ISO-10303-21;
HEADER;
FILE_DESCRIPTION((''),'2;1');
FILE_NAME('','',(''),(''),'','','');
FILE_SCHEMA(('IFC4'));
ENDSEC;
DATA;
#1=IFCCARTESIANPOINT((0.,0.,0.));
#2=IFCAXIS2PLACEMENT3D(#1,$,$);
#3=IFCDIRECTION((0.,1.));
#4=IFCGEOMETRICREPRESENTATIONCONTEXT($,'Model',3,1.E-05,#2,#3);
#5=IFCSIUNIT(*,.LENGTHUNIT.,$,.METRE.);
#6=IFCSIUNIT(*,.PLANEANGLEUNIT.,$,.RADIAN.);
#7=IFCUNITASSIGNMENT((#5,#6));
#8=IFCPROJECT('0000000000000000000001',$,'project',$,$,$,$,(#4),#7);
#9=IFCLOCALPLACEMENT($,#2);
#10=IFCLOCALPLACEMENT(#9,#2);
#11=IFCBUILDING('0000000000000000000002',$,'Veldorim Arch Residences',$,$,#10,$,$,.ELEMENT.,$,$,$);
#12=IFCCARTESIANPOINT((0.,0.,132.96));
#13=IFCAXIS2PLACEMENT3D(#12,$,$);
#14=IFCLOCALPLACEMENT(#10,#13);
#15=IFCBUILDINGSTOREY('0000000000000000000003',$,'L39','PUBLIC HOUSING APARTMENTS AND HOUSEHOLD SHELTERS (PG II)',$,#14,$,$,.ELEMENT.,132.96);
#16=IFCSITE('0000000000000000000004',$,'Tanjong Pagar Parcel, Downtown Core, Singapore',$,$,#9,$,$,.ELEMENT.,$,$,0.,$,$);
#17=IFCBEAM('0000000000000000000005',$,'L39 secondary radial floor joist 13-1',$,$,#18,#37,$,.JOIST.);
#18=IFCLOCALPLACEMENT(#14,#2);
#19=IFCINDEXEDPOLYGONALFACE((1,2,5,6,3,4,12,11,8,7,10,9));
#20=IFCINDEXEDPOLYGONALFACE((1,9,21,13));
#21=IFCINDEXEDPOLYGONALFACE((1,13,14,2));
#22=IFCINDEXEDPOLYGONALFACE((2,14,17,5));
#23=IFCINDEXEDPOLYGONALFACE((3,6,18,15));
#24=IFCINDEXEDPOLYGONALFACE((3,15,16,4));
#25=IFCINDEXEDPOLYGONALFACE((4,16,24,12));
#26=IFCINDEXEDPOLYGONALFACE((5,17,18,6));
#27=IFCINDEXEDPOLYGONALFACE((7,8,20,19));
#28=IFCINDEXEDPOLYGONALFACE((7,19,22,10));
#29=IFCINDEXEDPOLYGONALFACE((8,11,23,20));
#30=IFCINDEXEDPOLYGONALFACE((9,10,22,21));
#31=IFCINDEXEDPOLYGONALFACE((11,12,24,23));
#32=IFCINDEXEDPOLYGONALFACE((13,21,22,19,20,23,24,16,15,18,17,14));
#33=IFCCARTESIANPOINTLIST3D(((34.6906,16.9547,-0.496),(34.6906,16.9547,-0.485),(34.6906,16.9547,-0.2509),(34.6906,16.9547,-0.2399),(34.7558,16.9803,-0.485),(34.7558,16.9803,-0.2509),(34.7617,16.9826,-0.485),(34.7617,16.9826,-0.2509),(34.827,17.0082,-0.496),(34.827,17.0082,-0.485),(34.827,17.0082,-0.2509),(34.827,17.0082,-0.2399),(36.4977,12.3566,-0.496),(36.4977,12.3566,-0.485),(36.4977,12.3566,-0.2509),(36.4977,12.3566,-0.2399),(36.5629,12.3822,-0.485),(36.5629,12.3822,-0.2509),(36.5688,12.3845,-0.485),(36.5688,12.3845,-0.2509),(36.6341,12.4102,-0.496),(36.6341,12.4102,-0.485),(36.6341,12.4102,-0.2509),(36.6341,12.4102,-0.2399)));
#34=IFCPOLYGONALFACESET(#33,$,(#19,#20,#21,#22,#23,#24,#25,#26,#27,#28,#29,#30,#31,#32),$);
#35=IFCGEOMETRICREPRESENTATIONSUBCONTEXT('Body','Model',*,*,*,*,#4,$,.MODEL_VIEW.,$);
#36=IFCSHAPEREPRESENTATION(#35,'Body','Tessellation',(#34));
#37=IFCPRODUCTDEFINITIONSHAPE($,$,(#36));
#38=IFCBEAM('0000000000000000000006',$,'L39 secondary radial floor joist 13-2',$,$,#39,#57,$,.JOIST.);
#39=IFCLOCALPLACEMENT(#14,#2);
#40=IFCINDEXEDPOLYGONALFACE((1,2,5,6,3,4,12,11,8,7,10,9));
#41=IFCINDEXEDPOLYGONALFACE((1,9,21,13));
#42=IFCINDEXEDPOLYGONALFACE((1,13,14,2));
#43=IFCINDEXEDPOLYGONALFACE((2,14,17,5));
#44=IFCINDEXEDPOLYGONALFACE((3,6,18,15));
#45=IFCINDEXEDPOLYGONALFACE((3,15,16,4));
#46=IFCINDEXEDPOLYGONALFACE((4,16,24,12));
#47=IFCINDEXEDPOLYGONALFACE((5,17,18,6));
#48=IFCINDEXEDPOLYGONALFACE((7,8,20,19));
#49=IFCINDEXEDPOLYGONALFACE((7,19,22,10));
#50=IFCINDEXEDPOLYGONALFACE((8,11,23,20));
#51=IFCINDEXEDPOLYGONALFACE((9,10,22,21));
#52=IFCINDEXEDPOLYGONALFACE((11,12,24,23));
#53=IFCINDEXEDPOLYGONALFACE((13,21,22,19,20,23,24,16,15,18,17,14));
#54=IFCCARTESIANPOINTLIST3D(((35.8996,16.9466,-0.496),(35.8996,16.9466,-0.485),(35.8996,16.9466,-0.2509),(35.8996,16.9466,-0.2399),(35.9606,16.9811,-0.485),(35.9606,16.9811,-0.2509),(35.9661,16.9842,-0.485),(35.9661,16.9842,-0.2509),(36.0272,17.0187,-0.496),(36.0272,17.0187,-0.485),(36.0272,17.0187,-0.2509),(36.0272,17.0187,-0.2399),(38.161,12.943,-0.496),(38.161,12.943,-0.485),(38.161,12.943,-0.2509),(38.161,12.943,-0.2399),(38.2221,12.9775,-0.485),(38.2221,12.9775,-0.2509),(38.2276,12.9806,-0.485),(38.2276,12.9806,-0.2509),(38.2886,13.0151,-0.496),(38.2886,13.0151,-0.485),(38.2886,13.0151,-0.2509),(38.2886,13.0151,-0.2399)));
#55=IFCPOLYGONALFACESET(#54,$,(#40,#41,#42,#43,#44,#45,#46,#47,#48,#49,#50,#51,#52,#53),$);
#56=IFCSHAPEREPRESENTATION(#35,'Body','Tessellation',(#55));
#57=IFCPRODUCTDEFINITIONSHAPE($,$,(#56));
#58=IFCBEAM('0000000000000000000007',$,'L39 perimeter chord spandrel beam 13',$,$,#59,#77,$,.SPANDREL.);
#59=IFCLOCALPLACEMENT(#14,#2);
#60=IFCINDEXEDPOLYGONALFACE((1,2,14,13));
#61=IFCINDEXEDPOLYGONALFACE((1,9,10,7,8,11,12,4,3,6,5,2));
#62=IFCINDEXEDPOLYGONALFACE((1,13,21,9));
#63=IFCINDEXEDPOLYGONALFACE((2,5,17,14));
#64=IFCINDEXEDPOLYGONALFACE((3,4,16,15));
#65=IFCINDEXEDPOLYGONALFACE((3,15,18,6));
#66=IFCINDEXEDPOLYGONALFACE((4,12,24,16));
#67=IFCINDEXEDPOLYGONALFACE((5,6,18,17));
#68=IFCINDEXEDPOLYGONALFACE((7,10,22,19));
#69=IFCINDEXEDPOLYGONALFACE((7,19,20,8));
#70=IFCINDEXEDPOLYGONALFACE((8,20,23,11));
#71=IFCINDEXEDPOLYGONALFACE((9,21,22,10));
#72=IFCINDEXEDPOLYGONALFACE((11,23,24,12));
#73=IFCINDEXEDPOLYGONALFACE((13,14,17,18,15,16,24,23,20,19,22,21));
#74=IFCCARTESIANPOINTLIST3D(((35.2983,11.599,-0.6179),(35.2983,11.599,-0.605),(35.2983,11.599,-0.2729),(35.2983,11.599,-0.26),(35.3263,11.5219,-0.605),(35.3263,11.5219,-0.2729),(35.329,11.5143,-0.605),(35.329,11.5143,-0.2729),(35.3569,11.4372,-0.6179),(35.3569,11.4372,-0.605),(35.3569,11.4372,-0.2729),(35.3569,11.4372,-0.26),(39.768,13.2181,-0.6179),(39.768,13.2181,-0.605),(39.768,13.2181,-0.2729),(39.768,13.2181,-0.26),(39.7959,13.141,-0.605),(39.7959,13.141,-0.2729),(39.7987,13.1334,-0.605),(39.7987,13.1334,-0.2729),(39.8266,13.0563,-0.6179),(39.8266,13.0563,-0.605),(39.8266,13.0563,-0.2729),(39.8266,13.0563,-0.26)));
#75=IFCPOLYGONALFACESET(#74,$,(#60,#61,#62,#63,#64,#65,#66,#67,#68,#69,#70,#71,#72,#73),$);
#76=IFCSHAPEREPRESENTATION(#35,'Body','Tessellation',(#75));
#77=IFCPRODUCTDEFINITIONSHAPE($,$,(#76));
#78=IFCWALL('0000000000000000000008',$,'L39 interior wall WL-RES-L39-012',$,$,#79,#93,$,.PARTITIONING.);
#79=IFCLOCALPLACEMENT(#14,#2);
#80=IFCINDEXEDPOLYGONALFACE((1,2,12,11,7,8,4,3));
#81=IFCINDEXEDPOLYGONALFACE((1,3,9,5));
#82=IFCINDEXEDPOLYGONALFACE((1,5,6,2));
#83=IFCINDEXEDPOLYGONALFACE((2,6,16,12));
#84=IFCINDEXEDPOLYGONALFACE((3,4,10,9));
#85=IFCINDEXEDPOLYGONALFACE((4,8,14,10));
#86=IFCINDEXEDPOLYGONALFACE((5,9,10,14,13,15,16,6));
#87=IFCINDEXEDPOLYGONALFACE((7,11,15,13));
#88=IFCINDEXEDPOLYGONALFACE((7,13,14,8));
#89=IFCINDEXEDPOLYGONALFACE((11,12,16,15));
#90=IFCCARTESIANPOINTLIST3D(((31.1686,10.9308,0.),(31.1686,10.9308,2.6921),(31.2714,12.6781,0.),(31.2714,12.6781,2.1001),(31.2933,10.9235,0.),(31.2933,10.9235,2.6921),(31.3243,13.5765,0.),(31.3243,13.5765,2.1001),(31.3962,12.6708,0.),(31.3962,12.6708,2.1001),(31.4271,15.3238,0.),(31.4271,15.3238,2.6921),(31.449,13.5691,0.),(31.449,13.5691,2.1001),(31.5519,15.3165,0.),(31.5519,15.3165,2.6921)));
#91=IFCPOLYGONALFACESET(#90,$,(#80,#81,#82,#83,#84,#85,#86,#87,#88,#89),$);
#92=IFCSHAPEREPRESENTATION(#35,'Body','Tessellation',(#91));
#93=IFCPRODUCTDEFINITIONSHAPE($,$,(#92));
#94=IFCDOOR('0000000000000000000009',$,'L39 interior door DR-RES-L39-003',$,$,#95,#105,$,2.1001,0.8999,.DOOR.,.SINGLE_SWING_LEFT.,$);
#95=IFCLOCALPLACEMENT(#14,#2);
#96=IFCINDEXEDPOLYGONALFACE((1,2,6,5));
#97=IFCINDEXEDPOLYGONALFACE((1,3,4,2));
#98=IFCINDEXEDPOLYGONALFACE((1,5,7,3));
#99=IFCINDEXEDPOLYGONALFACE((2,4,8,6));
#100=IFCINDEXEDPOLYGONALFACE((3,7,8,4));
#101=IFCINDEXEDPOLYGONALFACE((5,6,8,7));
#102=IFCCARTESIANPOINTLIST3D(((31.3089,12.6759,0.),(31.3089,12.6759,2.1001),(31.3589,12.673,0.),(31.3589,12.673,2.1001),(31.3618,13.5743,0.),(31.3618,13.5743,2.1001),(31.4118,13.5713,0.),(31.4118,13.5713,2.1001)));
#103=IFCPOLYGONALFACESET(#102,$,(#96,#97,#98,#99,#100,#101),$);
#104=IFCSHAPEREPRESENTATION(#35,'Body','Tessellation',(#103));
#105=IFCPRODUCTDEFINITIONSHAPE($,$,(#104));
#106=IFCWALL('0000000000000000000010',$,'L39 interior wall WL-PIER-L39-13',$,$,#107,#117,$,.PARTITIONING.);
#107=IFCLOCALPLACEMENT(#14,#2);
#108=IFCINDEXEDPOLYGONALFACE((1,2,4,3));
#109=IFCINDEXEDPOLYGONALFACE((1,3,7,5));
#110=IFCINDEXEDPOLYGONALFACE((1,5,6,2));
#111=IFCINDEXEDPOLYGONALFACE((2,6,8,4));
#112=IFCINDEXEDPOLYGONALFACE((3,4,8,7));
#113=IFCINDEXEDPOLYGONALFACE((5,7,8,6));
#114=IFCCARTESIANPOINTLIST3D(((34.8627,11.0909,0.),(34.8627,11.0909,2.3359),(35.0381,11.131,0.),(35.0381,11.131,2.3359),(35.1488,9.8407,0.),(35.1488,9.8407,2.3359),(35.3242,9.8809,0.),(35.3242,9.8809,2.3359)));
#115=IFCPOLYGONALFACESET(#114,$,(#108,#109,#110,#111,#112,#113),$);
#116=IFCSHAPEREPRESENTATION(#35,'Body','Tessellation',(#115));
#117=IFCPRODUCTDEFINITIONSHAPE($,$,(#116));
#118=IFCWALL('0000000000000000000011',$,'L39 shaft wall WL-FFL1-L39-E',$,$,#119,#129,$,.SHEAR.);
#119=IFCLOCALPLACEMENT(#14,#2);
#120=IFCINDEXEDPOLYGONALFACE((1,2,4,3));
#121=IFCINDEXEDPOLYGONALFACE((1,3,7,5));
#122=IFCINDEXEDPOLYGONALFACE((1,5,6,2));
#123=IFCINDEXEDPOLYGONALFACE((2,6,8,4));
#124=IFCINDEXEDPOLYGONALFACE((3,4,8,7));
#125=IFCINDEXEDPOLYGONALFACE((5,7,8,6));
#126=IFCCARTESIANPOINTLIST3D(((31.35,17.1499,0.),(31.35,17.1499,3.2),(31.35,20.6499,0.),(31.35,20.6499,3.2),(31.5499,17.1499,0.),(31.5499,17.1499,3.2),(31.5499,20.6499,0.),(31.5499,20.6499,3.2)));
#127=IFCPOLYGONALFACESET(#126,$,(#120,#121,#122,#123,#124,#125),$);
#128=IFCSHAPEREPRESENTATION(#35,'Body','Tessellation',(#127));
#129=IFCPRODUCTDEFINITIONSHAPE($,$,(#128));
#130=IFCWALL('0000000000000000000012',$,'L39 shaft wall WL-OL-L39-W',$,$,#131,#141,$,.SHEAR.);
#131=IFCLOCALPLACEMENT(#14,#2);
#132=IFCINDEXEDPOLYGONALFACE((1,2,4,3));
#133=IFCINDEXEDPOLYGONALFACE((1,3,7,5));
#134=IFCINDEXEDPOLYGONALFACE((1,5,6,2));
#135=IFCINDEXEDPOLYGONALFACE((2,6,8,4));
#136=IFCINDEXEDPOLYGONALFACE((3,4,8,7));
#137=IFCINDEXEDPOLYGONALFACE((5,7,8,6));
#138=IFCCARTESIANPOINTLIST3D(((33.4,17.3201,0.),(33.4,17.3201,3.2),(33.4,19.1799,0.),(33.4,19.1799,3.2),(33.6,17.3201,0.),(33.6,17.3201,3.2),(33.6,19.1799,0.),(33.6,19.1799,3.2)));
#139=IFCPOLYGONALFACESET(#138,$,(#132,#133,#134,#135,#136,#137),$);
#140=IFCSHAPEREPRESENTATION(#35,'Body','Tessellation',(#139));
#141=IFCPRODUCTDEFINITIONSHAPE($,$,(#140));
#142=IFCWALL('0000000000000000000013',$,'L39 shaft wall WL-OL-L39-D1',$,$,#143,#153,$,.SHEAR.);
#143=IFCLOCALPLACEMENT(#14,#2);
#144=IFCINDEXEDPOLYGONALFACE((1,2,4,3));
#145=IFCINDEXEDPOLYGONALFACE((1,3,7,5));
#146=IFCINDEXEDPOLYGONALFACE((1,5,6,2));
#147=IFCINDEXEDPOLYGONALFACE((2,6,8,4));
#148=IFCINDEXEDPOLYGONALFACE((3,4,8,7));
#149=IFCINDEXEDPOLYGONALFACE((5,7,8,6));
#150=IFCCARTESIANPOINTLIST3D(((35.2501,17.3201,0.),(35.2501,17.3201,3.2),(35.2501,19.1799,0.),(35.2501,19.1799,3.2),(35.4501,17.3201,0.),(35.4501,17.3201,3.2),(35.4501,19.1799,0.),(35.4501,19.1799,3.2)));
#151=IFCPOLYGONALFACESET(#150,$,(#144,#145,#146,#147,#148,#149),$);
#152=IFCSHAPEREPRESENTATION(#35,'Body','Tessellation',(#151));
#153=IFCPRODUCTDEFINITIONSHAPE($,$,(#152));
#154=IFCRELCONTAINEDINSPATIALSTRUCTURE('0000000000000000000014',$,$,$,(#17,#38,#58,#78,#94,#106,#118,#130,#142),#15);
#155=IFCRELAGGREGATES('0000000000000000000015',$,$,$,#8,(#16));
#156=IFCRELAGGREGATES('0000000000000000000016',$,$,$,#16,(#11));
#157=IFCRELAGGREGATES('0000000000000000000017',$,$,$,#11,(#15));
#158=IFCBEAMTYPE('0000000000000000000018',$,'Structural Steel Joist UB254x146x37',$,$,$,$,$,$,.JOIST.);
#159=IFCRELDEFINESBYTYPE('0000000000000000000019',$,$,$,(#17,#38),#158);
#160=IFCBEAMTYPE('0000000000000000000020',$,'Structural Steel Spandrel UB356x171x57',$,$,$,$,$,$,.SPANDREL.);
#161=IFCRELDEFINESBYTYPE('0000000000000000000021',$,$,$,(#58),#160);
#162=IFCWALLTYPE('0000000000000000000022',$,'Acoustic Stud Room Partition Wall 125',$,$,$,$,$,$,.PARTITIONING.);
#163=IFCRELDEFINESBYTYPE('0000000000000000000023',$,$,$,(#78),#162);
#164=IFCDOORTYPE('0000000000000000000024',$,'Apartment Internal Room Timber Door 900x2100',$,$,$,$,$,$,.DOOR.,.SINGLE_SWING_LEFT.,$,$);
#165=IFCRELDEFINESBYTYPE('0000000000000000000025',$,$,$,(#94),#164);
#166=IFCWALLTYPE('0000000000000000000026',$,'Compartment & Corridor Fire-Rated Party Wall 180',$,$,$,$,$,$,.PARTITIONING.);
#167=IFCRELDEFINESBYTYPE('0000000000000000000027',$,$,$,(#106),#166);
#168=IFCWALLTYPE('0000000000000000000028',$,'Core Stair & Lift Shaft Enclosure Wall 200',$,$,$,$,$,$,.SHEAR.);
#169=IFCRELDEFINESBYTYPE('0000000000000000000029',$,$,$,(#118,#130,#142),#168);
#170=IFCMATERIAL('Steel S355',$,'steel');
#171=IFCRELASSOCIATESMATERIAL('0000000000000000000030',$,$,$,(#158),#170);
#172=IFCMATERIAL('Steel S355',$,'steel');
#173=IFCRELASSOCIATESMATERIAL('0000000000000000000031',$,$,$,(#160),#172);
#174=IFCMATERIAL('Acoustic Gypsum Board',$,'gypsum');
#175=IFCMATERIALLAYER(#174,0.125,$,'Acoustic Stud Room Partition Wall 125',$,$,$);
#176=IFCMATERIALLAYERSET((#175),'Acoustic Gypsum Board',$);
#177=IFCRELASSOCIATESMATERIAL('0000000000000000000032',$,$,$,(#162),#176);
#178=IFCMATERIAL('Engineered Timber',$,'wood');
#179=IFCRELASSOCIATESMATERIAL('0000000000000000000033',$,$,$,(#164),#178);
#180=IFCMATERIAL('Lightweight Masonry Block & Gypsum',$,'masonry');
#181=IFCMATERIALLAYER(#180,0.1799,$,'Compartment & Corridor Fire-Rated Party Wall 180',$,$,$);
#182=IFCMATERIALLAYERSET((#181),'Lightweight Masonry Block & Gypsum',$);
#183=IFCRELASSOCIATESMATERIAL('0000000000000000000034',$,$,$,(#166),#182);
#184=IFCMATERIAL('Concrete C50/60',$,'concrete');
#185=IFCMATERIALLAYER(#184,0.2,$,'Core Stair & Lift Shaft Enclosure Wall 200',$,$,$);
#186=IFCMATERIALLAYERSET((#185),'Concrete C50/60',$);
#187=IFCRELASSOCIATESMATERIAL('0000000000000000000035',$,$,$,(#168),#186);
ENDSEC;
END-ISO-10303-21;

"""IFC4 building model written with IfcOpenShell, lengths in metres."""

from ifc_helpers import new_model, si_unit, direction, frame, frame_2d, origin, origin_2d, place, context, subcontext, project, spatial, rectangle, i_section, extrude, material, layer, layer_set, material_profile, profile_set, type_object, element, fill, save


model = new_model("IFC4")

# Units and contexts
model_context = context("Model", 3, precision=1e-05, world=origin(), true_north=direction((0.0, 1.0)))
body_context = subcontext(model_context, "Body", "Model", "MODEL_VIEW")
ifc_project = project(units=[si_unit("LENGTHUNIT", "METRE"), si_unit("PLANEANGLEUNIT", "RADIAN")], contexts=[model_context])

# Site, building, storey
site_placement = place(None, origin())
site = spatial("IfcSite", under=ifc_project, at=site_placement, Name="Tanjong Pagar Parcel, Downtown Core, Singapore", CompositionType="ELEMENT", RefElevation=0.0)
building_placement = place(site_placement, origin())
building = spatial("IfcBuilding", under=site, at=building_placement, Name="Veldorim Arch Residences", CompositionType="ELEMENT")
storey_placement = place(building_placement, frame((0.0, 0.0, 132.96)))
storey = spatial("IfcBuildingStorey", under=building, at=storey_placement, Name="L39", Description="PUBLIC HOUSING APARTMENTS AND HOUSEHOLD SHELTERS (PG II)", CompositionType="ELEMENT", Elevation=132.96)

# Beams
ifc_material_1 = material(Name="Steel S355", Category="steel")
ifc_material_profile_1 = material_profile(ifc_material_1, i_section(OverallWidth=0.1465, OverallDepth=0.2561, WebThickness=0.0063, FlangeThickness=0.011, at=origin_2d()), Name="UB254x146x37")
ifc_profile_set_1 = profile_set([ifc_material_profile_1], Name="Steel S355")
beam_type_1 = type_object("IfcBeamType", Name="Structural Steel Joist UB254x146x37", PredefinedType="JOIST", material=ifc_profile_set_1)
beam_1_placement = place(storey_placement, frame((34.7588, 16.9814, -0.3679), z_axis=(0.365778, -0.930702, 0.0), x_axis=(0.930702, 0.365778, 0.0)))
element("IfcBeam", 1, at=beam_1_placement, inside=storey, type_object=beam_type_1, Name="L39 secondary radial floor joist 13-1", PredefinedType="JOIST", context=body_context, shape_type="SweptSolid", body=[
    extrude(i_section(OverallWidth=0.1465, OverallDepth=0.2561, WebThickness=0.0063, FlangeThickness=0.011, at=origin_2d()), origin(), (0.0, 0.0, 1.0), 4.9404),
])
beam_2_placement = place(storey_placement, frame((35.9634, 16.9827, -0.3679), z_axis=(0.491816, -0.870699, 0.0), x_axis=(0.870699, 0.491816, 0.0)))
element("IfcBeam", 2, at=beam_2_placement, inside=storey, type_object=beam_type_1, Name="L39 secondary radial floor joist 13-2", PredefinedType="JOIST", context=body_context, shape_type="SweptSolid", body=[
    extrude(i_section(OverallWidth=0.1465, OverallDepth=0.2561, WebThickness=0.0063, FlangeThickness=0.011, at=origin_2d()), origin(), (0.0, 0.0, 1.0), 4.5981),
])
ifc_material_2 = material(Name="Steel S355", Category="steel")
ifc_material_profile_2 = material_profile(ifc_material_2, i_section(OverallWidth=0.1721, OverallDepth=0.3579, WebThickness=0.0081, FlangeThickness=0.0129, at=origin_2d()), Name="UB356x171x57")
ifc_profile_set_2 = profile_set([ifc_material_profile_2], Name="Steel S355")
beam_type_2 = type_object("IfcBeamType", Name="Structural Steel Spandrel UB356x171x57", PredefinedType="SPANDREL", material=ifc_profile_set_2)
beam_3_placement = place(storey_placement, frame((35.3276, 11.5181, -0.439), z_axis=(0.940213, 0.340588, 0.0), x_axis=(-0.340588, 0.940213, 0.0)))
element("IfcBeam", 3, at=beam_3_placement, inside=storey, type_object=beam_type_2, Name="L39 perimeter chord spandrel beam 13", PredefinedType="SPANDREL", context=body_context, shape_type="SweptSolid", body=[
    extrude(i_section(OverallWidth=0.1721, OverallDepth=0.3579, WebThickness=0.0081, FlangeThickness=0.0129, at=origin_2d()), origin(), (0.0, 0.0, 1.0), 4.7539),
])

# Wall, opening, door
ifc_material_3 = material(Name="Acoustic Gypsum Board", Category="gypsum")
ifc_layer_1 = layer(ifc_material_3, 0.125, Name="Acoustic Stud Room Partition Wall 125")
ifc_layer_set_1 = layer_set([ifc_layer_1], Name="Acoustic Gypsum Board")
wall_type_1 = type_object("IfcWallType", Name="Acoustic Stud Room Partition Wall 125", PredefinedType="PARTITIONING", material=ifc_layer_set_1)
wall_1_placement = place(storey_placement, frame((31.231, 10.9272, 0.0), z_axis=(0.0, 0.0, 1.0), x_axis=(0.058751, 0.998273, 0.0)))
wall_1 = element("IfcWall", 4, at=wall_1_placement, inside=storey, type_object=wall_type_1, Name="L39 interior wall WL-RES-L39-012", PredefinedType="PARTITIONING", context=body_context, shape_type="SweptSolid", body=[
    extrude(rectangle(XDim=4.4006, YDim=0.125, at=frame_2d((2.2002, 0.0))), origin(), (0.0, 0.0, 1.0), 2.6921),
])
opening_1_placement = place(wall_1_placement, frame((1.7502, 0.0, 0.0)))
opening_1 = element("IfcOpeningElement", 5, at=opening_1_placement, cuts=wall_1, PredefinedType="OPENING", context=body_context, shape_type="SweptSolid", body=[
    extrude(rectangle(XDim=0.8999, YDim=2.1001, at=frame_2d((0.45, 1.05))), frame((0.0, 0.0725, 0.0), z_axis=(0.0, -1.0, 0.0), x_axis=(1.0, 0.0, 0.0)), (0.0, 0.0, 1.0), 0.145),
])
ifc_material_4 = material(Name="Engineered Timber", Category="wood")
door_type_1 = type_object("IfcDoorType", Name="Apartment Internal Room Timber Door 900x2100", OperationType="SINGLE_SWING_LEFT", PredefinedType="DOOR", material=ifc_material_4)
door_1_placement = place(opening_1_placement, origin())
door_1 = element("IfcDoor", 6, at=door_1_placement, inside=storey, type_object=door_type_1, Name="L39 interior door DR-RES-L39-003", OperationType="SINGLE_SWING_LEFT", OverallHeight=2.1001, OverallWidth=0.8999, PredefinedType="DOOR", context=body_context, shape_type="SweptSolid", body=[
    extrude(rectangle(XDim=0.8999, YDim=2.1001, at=frame_2d((0.45, 1.05))), frame((0.0, 0.0249, 0.0), z_axis=(0.0, -1.0, 0.0), x_axis=(1.0, 0.0, 0.0)), (0.0, 0.0, 1.0), 0.05),
])
fill(opening_1, door_1)

# Walls
ifc_material_5 = material(Name="Lightweight Masonry Block & Gypsum", Category="masonry")
ifc_layer_2 = layer(ifc_material_5, 0.1799, Name="Compartment & Corridor Fire-Rated Party Wall 180")
ifc_layer_set_2 = layer_set([ifc_layer_2], Name="Lightweight Masonry Block & Gypsum")
wall_type_2 = type_object("IfcWallType", Name="Compartment & Corridor Fire-Rated Party Wall 180", PredefinedType="PARTITIONING", material=ifc_layer_set_2)
wall_2_placement = place(storey_placement, frame((34.9504, 11.1108, 0.0), z_axis=(0.0, 0.0, 1.0), x_axis=(0.223094, -0.974797, 0.0)))
element("IfcWall", 7, at=wall_2_placement, inside=storey, type_object=wall_type_2, Name="L39 interior wall WL-PIER-L39-13", PredefinedType="PARTITIONING", context=body_context, shape_type="SweptSolid", body=[
    extrude(rectangle(XDim=1.2825, YDim=0.1799, at=frame_2d((0.6411, 0.0))), origin(), (0.0, 0.0, 1.0), 2.3359),
])
ifc_material_6 = material(Name="Concrete C50/60", Category="concrete")
ifc_layer_3 = layer(ifc_material_6, 0.2, Name="Core Stair & Lift Shaft Enclosure Wall 200")
ifc_layer_set_3 = layer_set([ifc_layer_3], Name="Concrete C50/60")
wall_type_3 = type_object("IfcWallType", Name="Core Stair & Lift Shaft Enclosure Wall 200", PredefinedType="SHEAR", material=ifc_layer_set_3)
wall_3_placement = place(storey_placement, frame((31.45, 17.1499, 0.0), z_axis=(0.0, 0.0, 1.0), x_axis=(0.0, 1.0, 0.0)))
element("IfcWall", 8, at=wall_3_placement, inside=storey, type_object=wall_type_3, Name="L39 shaft wall WL-FFL1-L39-E", PredefinedType="SHEAR", context=body_context, shape_type="SweptSolid", body=[
    extrude(rectangle(XDim=3.5, YDim=0.2, at=frame_2d((1.75, 0.0))), origin(), (0.0, 0.0, 1.0), 3.2),
])
for number, where, z_axis, x_axis, name in (
    (9, (33.5, 17.3201, 0.0), (0.0, 0.0, 1.0), (0.0, 1.0, 0.0), "L39 shaft wall WL-OL-L39-W"),
    (10, (35.3501, 17.3201, 0.0), (0.0, 0.0, 1.0), (0.0, 1.0, 0.0), "L39 shaft wall WL-OL-L39-D1"),
):
    element("IfcWall", number, at=place(storey_placement, frame(where, z_axis=z_axis, x_axis=x_axis)), inside=storey, type_object=wall_type_3, Name=name, PredefinedType="SHEAR", context=body_context, shape_type="SweptSolid", body=[
        extrude(rectangle(XDim=1.8599, YDim=0.2, at=frame_2d((0.9299, 0.0))), origin(), (0.0, 0.0, 1.0), 3.2),
    ])

save(model, "model.ifc")
